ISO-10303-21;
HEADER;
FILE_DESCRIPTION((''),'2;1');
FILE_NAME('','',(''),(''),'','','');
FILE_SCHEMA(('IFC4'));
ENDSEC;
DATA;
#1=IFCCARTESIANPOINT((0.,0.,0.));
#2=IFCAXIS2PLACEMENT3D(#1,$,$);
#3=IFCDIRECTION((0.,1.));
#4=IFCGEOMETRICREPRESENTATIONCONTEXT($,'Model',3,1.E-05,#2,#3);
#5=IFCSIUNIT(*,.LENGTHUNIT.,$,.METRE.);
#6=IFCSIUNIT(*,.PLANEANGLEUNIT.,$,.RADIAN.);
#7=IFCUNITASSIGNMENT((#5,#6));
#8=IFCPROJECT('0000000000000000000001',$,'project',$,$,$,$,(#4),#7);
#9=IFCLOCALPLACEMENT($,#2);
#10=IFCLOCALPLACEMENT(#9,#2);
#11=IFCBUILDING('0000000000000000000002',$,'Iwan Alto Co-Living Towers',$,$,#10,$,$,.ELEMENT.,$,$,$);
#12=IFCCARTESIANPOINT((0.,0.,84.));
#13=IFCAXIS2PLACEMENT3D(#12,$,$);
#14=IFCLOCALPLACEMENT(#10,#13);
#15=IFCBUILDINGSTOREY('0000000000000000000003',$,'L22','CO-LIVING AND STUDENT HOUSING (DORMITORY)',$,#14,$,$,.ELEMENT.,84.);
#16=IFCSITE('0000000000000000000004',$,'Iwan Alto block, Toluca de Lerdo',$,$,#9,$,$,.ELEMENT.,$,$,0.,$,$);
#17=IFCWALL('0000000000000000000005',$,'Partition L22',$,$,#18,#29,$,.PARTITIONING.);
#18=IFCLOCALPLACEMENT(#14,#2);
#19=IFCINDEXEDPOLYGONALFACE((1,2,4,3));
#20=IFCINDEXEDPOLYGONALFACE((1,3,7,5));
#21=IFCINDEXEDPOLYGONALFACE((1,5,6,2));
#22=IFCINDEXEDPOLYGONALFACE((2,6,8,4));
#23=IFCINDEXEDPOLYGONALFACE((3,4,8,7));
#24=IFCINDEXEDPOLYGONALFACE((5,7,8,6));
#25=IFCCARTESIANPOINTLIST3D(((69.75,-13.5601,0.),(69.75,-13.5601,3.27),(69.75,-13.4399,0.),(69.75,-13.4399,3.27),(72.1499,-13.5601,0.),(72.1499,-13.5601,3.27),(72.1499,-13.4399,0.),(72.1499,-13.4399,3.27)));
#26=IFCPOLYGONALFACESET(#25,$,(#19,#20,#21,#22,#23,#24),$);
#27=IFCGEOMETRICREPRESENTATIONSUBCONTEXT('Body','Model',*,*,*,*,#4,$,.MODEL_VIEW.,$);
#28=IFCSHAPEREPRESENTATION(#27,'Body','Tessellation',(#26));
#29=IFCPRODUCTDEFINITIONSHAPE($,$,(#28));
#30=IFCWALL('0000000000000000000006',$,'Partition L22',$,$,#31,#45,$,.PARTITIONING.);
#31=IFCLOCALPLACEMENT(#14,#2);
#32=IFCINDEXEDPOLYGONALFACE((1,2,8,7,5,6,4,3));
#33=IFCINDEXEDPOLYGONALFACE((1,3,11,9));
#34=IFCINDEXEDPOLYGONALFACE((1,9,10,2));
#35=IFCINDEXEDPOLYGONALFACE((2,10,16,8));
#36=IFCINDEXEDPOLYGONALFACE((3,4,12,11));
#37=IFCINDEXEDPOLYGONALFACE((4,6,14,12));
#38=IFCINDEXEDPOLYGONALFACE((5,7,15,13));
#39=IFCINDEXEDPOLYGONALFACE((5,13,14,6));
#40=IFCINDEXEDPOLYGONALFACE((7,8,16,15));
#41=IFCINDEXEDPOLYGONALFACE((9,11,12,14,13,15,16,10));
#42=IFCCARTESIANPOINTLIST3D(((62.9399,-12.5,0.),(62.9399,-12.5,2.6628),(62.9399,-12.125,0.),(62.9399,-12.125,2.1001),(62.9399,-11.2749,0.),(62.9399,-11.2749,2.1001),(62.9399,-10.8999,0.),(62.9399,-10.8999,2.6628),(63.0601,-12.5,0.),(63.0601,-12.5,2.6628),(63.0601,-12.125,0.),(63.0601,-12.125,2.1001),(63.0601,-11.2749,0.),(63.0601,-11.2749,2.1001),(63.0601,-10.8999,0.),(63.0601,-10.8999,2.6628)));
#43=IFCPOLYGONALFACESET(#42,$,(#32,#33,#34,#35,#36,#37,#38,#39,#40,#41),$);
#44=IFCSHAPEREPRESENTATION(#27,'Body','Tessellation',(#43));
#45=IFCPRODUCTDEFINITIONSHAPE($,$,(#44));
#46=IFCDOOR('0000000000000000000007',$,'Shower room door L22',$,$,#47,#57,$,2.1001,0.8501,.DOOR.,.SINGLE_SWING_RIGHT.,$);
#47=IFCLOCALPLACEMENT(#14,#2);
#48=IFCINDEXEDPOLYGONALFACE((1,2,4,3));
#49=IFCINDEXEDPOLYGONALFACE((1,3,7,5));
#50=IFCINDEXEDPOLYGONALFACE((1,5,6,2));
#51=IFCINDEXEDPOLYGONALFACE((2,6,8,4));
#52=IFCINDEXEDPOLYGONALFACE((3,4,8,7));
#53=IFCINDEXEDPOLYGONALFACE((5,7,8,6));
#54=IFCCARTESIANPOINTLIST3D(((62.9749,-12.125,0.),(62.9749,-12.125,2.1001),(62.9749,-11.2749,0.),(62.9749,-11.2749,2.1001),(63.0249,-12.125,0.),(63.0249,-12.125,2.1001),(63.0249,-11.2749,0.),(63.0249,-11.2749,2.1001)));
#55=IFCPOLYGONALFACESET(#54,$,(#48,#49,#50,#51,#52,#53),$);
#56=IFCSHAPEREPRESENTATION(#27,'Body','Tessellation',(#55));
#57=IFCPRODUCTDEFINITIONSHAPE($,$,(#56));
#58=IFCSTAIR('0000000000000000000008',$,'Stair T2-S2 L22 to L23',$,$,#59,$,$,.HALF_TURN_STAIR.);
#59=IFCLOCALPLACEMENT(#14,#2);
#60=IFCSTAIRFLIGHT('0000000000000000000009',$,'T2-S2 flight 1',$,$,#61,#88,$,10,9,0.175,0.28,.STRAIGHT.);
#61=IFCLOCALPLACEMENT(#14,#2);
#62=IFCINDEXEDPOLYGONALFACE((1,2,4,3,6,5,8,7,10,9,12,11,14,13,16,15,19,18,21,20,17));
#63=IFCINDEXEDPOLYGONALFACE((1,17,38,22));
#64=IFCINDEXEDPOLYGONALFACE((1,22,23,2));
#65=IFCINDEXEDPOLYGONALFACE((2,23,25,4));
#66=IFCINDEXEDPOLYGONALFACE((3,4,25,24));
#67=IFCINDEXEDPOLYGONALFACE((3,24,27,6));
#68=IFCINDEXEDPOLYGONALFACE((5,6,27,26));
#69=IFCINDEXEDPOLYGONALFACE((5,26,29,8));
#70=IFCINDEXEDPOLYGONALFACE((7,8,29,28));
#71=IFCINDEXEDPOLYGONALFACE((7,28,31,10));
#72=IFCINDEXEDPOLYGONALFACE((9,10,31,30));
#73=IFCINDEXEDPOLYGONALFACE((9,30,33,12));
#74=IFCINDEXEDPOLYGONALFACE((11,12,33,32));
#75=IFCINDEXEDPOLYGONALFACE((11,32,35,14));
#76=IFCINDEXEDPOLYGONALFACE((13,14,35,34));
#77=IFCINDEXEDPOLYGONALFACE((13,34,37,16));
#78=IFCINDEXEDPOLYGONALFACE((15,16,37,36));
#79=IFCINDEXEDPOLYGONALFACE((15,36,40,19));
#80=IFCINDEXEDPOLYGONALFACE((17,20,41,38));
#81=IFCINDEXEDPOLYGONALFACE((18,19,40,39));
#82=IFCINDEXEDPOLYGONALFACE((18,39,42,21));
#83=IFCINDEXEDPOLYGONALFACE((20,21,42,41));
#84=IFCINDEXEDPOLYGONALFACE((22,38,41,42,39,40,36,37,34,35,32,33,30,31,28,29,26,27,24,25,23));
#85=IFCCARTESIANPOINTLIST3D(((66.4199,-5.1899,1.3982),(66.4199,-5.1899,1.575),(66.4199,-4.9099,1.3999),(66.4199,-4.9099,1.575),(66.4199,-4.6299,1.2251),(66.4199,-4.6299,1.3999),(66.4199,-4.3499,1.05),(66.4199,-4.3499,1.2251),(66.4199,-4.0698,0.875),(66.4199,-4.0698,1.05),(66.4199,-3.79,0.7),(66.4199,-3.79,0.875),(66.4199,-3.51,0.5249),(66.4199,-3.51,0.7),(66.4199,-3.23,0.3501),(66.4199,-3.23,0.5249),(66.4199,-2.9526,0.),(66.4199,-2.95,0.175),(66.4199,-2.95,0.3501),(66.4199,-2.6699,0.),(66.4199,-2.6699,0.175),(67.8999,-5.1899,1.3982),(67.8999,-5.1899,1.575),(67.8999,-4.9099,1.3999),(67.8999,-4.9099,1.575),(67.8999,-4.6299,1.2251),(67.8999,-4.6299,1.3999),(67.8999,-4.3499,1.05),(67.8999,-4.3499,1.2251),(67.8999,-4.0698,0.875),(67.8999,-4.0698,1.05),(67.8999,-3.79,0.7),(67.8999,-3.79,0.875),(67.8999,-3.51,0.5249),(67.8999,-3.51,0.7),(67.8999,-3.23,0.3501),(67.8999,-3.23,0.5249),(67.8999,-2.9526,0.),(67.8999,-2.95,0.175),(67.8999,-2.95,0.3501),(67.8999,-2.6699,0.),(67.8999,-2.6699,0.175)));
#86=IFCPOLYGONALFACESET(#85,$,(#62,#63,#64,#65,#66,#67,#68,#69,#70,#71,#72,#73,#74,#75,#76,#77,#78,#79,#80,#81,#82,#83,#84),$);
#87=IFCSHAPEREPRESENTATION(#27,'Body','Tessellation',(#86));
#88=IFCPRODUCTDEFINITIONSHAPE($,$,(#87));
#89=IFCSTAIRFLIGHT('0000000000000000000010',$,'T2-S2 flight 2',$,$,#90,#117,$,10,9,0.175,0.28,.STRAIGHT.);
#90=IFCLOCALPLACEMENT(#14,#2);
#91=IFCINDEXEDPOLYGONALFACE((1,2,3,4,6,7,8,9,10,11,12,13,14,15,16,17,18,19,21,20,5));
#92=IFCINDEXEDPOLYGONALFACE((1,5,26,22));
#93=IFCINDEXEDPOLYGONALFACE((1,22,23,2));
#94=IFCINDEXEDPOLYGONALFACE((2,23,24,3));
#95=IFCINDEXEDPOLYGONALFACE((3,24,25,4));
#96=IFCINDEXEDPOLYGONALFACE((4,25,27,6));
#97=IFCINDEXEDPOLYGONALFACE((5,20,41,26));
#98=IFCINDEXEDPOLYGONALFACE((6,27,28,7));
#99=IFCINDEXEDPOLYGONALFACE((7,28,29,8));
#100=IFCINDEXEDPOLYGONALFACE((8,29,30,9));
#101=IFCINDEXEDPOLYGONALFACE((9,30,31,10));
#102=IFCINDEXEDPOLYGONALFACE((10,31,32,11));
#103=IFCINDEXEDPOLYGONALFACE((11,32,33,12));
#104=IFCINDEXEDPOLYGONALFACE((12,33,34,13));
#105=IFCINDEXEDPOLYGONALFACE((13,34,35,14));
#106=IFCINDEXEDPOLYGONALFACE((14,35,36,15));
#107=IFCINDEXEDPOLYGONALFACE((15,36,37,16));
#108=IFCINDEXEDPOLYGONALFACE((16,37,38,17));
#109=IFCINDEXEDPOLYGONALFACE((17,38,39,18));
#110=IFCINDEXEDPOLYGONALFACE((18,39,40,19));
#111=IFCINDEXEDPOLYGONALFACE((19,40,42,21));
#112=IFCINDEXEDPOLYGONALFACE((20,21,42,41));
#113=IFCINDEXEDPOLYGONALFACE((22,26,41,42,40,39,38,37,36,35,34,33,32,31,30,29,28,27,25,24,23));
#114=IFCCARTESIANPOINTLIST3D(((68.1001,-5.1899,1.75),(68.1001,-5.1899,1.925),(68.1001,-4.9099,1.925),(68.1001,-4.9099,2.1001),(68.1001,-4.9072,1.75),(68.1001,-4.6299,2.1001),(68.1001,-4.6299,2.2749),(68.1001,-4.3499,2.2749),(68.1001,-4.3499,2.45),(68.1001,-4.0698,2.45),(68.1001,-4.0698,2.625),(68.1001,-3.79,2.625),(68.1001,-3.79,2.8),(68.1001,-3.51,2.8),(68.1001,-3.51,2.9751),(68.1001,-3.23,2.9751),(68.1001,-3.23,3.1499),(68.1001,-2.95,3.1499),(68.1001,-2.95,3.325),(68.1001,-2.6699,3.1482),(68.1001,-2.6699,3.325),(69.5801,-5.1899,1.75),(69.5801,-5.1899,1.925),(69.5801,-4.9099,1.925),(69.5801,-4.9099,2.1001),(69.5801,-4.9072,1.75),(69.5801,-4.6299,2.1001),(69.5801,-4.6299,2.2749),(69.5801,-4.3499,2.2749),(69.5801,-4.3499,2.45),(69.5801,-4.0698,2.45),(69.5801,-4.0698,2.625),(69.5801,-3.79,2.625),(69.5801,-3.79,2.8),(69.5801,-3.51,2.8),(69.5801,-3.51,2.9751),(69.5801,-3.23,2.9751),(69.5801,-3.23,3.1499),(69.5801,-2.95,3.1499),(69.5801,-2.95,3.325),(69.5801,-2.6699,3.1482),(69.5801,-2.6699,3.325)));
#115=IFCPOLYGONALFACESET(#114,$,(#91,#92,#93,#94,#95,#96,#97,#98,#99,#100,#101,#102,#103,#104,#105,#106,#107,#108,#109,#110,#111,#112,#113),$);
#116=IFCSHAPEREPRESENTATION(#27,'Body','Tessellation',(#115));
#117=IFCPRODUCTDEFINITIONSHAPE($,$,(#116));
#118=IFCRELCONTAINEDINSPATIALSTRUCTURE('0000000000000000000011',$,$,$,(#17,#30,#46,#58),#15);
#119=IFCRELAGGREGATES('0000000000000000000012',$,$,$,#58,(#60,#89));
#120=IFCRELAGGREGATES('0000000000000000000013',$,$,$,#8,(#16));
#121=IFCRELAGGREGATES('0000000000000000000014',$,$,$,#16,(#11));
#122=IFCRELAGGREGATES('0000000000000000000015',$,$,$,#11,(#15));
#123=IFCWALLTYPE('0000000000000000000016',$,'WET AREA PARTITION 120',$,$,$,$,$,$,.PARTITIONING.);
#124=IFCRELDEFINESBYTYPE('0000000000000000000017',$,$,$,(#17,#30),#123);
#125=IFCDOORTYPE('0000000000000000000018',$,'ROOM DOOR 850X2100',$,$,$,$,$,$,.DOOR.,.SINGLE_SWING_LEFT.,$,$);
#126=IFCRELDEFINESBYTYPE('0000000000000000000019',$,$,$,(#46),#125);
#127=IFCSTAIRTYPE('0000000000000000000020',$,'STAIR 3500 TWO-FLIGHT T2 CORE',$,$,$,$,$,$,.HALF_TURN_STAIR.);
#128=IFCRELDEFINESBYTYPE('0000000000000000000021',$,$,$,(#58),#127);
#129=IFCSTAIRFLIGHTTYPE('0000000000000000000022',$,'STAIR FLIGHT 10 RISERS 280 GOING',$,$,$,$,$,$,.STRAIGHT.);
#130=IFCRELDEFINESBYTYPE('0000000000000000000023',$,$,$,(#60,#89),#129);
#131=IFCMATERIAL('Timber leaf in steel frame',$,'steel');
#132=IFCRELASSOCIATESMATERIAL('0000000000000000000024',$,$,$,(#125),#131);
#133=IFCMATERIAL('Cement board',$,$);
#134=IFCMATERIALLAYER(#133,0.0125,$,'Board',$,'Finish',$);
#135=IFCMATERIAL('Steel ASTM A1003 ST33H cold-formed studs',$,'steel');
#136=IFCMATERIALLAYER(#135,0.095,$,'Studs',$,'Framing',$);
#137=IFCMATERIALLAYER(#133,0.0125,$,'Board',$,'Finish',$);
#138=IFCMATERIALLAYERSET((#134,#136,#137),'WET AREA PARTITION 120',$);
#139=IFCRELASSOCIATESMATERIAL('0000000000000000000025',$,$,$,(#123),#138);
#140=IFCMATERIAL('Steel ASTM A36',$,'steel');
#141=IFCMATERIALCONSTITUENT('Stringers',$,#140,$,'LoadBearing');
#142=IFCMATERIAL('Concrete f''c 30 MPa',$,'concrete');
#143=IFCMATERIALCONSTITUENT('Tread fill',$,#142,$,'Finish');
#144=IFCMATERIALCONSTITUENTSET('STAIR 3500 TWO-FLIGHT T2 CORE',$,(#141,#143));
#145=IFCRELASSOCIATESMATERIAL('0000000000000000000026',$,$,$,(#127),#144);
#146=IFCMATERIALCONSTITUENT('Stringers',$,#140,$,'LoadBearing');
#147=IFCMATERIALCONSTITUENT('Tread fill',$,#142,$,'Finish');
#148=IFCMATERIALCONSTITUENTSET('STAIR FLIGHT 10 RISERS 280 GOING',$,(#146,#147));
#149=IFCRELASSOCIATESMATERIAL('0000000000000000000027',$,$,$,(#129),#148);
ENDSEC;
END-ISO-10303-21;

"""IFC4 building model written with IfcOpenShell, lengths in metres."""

from ifc_helpers import new_model, si_unit, direction, frame, frame_2d, origin, place, context, subcontext, project, spatial, polyline, rectangle, outline, extrude, material, layer, layer_set, constituent, constituent_set, type_object, element, fill, aggregate, save


model = new_model("IFC4")

# Units and contexts
model_context = context("Model", 3, precision=1e-05, world=origin(), true_north=direction((0.0, 1.0)))
body_context = subcontext(model_context, "Body", "Model", "MODEL_VIEW")
ifc_project = project(units=[si_unit("LENGTHUNIT", "METRE"), si_unit("PLANEANGLEUNIT", "RADIAN")], contexts=[model_context])

# Site, building, storey
site_placement = place(None, origin())
site = spatial("IfcSite", under=ifc_project, at=site_placement, Name="Iwan Alto block, Toluca de Lerdo", CompositionType="ELEMENT", RefElevation=0.0)
building_placement = place(site_placement, origin())
building = spatial("IfcBuilding", under=site, at=building_placement, Name="Iwan Alto Co-Living Towers", CompositionType="ELEMENT")
storey_placement = place(building_placement, frame((0.0, 0.0, 84.0)))
storey = spatial("IfcBuildingStorey", under=building, at=storey_placement, Name="L22", Description="CO-LIVING AND STUDENT HOUSING (DORMITORY)", CompositionType="ELEMENT", Elevation=84.0)

# Shared definitions
ifc_material_1 = material(Name="Steel ASTM A1003 ST33H cold-formed studs", Category="steel")
ifc_material_2 = material(Name="Timber leaf in steel frame", Category="steel")
door_type_1 = type_object("IfcDoorType", Name="ROOM DOOR 850X2100", OperationType="SINGLE_SWING_LEFT", PredefinedType="DOOR", material=ifc_material_2)

# Wall
ifc_material_3 = material(Name="Cement board")
ifc_layer_1 = layer(ifc_material_3, 0.0125, Name="Board", Category="Finish")
ifc_layer_2 = layer(ifc_material_1, 0.095, Name="Studs", Category="Framing")
ifc_layer_3 = layer(ifc_material_3, 0.0125, Name="Board", Category="Finish")
ifc_layer_set_1 = layer_set([ifc_layer_1, ifc_layer_2, ifc_layer_3], Name="WET AREA PARTITION 120")
wall_type_1 = type_object("IfcWallType", Name="WET AREA PARTITION 120", PredefinedType="PARTITIONING", material=ifc_layer_set_1)
wall_1_placement = place(storey_placement, frame((69.75, -13.5, 0.0), z_axis=(0.0, 0.0, 1.0), x_axis=(1.0, 0.0, 0.0)))
element("IfcWall", 1, at=wall_1_placement, inside=storey, type_object=wall_type_1, Name="Partition L22", PredefinedType="PARTITIONING", context=body_context, shape_type="SweptSolid", body=[
    extrude(rectangle(XDim=2.3999, YDim=0.1201, at=frame_2d((1.2, 0.0))), origin(), (0.0, 0.0, 1.0), 3.27),
])

# Wall, opening, door
wall_2_placement = place(storey_placement, frame((63.0, -12.5, 0.0), z_axis=(0.0, 0.0, 1.0), x_axis=(0.0, 1.0, 0.0)))
wall_2 = element("IfcWall", 2, at=wall_2_placement, inside=storey, type_object=wall_type_1, Name="Partition L22", PredefinedType="PARTITIONING", context=body_context, shape_type="SweptSolid", body=[
    extrude(rectangle(XDim=1.6001, YDim=0.1201, at=frame_2d((0.8, 0.0))), origin(), (0.0, 0.0, 1.0), 2.6628),
])
opening_1_placement = place(wall_2_placement, frame((0.375, 0.0, 0.0)))
opening_1 = element("IfcOpeningElement", 3, at=opening_1_placement, cuts=wall_2, PredefinedType="OPENING", context=body_context, shape_type="SweptSolid", body=[
    extrude(rectangle(XDim=0.8501, YDim=2.1001, at=frame_2d((0.425, 1.05))), frame((0.0, 0.0701, 0.0), z_axis=(0.0, -1.0, 0.0), x_axis=(1.0, 0.0, 0.0)), (0.0, 0.0, 1.0), 0.1401),
])
door_1_placement = place(opening_1_placement, frame((0.8501, 0.0, 0.0), z_axis=(0.0, 0.0, 1.0), x_axis=(-1.0, 0.0, 0.0)))
door_1 = element("IfcDoor", 4, at=door_1_placement, inside=storey, type_object=door_type_1, Name="Shower room door L22", OperationType="SINGLE_SWING_RIGHT", OverallHeight=2.1001, OverallWidth=0.8501, PredefinedType="DOOR", context=body_context, shape_type="SweptSolid", body=[
    extrude(rectangle(XDim=0.8501, YDim=2.1001, at=frame_2d((0.425, 1.05))), frame((0.0, 0.0249, 0.0), z_axis=(0.0, -1.0, 0.0), x_axis=(1.0, 0.0, 0.0)), (0.0, 0.0, 1.0), 0.05),
])
fill(opening_1, door_1)

# Stair, stair flights
ifc_material_4 = material(Name="Steel ASTM A36", Category="steel")
ifc_constituent_1 = constituent(ifc_material_4, Name="Stringers", Category="LoadBearing")
ifc_material_5 = material(Name="Concrete f'c 30 MPa", Category="concrete")
ifc_constituent_2 = constituent(ifc_material_5, Name="Tread fill", Category="Finish")
ifc_constituent_set_1 = constituent_set(constituents=[ifc_constituent_1, ifc_constituent_2], Name="STAIR 3500 TWO-FLIGHT T2 CORE")
stair_type = type_object("IfcStairType", Name="STAIR 3500 TWO-FLIGHT T2 CORE", PredefinedType="HALF_TURN_STAIR", material=ifc_constituent_set_1)
stair_placement = place(storey_placement, origin())
stair = element("IfcStair", 5, at=stair_placement, inside=storey, type_object=stair_type, Name="Stair T2-S2 L22 to L23", PredefinedType="HALF_TURN_STAIR")
ifc_constituent_3 = constituent(ifc_material_4, Name="Stringers", Category="LoadBearing")
ifc_constituent_4 = constituent(ifc_material_5, Name="Tread fill", Category="Finish")
ifc_constituent_set_2 = constituent_set(constituents=[ifc_constituent_3, ifc_constituent_4], Name="STAIR FLIGHT 10 RISERS 280 GOING")
stair_flight_type = type_object("IfcStairFlightType", Name="STAIR FLIGHT 10 RISERS 280 GOING", PredefinedType="STRAIGHT", material=ifc_constituent_set_2)
stair_flight_1_placement = place(storey_placement, frame((67.1599, -2.6699, 0.0), z_axis=(0.0, 0.0, 1.0), x_axis=(0.0, -1.0, 0.0)))
stair_flight_1 = element("IfcStairFlight", 6, at=stair_flight_1_placement, type_object=stair_flight_type, Name="T2-S2 flight 1", NumberOfRisers=10, NumberOfTreads=9, PredefinedType="STRAIGHT", RiserHeight=0.175, TreadLength=0.28, context=body_context, shape_type="SweptSolid", body=[
    extrude(outline(polyline([(0.0, 0.0), (0.0, 0.175), (0.28, 0.175), (0.28, 0.3501), (0.5601, 0.3501), (0.5601, 0.5249), (0.8401, 0.5249), (0.8401, 0.7), (1.1201, 0.7), (1.1201, 0.875), (1.3999, 0.875), (1.3999, 1.05), (1.6799, 1.05), (1.6799, 1.2251), (1.96, 1.2251), (1.96, 1.3999), (2.24, 1.3999), (2.24, 1.575), (2.52, 1.575), (2.52, 1.75), (2.52, 1.3982), (0.2827, 0.0), (0.0, 0.0)])), frame((0.0, 0.74, 0.0), z_axis=(0.0, -1.0, 0.0), x_axis=(1.0, 0.0, 0.0)), (0.0, 0.0, 1.0), 1.48),
])
stair_flight_2_placement = place(storey_placement, frame((68.8401, -5.1899, 1.75), z_axis=(0.0, 0.0, 1.0), x_axis=(0.0, 1.0, 0.0)))
stair_flight_2 = element("IfcStairFlight", 7, at=stair_flight_2_placement, type_object=stair_flight_type, Name="T2-S2 flight 2", NumberOfRisers=10, NumberOfTreads=9, PredefinedType="STRAIGHT", RiserHeight=0.175, TreadLength=0.28, context=body_context, shape_type="SweptSolid", body=[
    extrude(outline(polyline([(0.0, 0.0), (0.0, 0.175), (0.28, 0.175), (0.28, 0.3501), (0.5601, 0.3501), (0.5601, 0.5249), (0.8401, 0.5249), (0.8401, 0.7), (1.1201, 0.7), (1.1201, 0.875), (1.3999, 0.875), (1.3999, 1.05), (1.6799, 1.05), (1.6799, 1.2251), (1.96, 1.2251), (1.96, 1.3999), (2.24, 1.3999), (2.24, 1.575), (2.52, 1.575), (2.52, 1.75), (2.52, 1.3982), (0.2827, 0.0), (0.0, 0.0)])), frame((0.0, 0.74, 0.0), z_axis=(0.0, -1.0, 0.0), x_axis=(1.0, 0.0, 0.0)), (0.0, 0.0, 1.0), 1.48),
])
aggregate(stair, [stair_flight_1, stair_flight_2])

save(model, "model.ifc")
